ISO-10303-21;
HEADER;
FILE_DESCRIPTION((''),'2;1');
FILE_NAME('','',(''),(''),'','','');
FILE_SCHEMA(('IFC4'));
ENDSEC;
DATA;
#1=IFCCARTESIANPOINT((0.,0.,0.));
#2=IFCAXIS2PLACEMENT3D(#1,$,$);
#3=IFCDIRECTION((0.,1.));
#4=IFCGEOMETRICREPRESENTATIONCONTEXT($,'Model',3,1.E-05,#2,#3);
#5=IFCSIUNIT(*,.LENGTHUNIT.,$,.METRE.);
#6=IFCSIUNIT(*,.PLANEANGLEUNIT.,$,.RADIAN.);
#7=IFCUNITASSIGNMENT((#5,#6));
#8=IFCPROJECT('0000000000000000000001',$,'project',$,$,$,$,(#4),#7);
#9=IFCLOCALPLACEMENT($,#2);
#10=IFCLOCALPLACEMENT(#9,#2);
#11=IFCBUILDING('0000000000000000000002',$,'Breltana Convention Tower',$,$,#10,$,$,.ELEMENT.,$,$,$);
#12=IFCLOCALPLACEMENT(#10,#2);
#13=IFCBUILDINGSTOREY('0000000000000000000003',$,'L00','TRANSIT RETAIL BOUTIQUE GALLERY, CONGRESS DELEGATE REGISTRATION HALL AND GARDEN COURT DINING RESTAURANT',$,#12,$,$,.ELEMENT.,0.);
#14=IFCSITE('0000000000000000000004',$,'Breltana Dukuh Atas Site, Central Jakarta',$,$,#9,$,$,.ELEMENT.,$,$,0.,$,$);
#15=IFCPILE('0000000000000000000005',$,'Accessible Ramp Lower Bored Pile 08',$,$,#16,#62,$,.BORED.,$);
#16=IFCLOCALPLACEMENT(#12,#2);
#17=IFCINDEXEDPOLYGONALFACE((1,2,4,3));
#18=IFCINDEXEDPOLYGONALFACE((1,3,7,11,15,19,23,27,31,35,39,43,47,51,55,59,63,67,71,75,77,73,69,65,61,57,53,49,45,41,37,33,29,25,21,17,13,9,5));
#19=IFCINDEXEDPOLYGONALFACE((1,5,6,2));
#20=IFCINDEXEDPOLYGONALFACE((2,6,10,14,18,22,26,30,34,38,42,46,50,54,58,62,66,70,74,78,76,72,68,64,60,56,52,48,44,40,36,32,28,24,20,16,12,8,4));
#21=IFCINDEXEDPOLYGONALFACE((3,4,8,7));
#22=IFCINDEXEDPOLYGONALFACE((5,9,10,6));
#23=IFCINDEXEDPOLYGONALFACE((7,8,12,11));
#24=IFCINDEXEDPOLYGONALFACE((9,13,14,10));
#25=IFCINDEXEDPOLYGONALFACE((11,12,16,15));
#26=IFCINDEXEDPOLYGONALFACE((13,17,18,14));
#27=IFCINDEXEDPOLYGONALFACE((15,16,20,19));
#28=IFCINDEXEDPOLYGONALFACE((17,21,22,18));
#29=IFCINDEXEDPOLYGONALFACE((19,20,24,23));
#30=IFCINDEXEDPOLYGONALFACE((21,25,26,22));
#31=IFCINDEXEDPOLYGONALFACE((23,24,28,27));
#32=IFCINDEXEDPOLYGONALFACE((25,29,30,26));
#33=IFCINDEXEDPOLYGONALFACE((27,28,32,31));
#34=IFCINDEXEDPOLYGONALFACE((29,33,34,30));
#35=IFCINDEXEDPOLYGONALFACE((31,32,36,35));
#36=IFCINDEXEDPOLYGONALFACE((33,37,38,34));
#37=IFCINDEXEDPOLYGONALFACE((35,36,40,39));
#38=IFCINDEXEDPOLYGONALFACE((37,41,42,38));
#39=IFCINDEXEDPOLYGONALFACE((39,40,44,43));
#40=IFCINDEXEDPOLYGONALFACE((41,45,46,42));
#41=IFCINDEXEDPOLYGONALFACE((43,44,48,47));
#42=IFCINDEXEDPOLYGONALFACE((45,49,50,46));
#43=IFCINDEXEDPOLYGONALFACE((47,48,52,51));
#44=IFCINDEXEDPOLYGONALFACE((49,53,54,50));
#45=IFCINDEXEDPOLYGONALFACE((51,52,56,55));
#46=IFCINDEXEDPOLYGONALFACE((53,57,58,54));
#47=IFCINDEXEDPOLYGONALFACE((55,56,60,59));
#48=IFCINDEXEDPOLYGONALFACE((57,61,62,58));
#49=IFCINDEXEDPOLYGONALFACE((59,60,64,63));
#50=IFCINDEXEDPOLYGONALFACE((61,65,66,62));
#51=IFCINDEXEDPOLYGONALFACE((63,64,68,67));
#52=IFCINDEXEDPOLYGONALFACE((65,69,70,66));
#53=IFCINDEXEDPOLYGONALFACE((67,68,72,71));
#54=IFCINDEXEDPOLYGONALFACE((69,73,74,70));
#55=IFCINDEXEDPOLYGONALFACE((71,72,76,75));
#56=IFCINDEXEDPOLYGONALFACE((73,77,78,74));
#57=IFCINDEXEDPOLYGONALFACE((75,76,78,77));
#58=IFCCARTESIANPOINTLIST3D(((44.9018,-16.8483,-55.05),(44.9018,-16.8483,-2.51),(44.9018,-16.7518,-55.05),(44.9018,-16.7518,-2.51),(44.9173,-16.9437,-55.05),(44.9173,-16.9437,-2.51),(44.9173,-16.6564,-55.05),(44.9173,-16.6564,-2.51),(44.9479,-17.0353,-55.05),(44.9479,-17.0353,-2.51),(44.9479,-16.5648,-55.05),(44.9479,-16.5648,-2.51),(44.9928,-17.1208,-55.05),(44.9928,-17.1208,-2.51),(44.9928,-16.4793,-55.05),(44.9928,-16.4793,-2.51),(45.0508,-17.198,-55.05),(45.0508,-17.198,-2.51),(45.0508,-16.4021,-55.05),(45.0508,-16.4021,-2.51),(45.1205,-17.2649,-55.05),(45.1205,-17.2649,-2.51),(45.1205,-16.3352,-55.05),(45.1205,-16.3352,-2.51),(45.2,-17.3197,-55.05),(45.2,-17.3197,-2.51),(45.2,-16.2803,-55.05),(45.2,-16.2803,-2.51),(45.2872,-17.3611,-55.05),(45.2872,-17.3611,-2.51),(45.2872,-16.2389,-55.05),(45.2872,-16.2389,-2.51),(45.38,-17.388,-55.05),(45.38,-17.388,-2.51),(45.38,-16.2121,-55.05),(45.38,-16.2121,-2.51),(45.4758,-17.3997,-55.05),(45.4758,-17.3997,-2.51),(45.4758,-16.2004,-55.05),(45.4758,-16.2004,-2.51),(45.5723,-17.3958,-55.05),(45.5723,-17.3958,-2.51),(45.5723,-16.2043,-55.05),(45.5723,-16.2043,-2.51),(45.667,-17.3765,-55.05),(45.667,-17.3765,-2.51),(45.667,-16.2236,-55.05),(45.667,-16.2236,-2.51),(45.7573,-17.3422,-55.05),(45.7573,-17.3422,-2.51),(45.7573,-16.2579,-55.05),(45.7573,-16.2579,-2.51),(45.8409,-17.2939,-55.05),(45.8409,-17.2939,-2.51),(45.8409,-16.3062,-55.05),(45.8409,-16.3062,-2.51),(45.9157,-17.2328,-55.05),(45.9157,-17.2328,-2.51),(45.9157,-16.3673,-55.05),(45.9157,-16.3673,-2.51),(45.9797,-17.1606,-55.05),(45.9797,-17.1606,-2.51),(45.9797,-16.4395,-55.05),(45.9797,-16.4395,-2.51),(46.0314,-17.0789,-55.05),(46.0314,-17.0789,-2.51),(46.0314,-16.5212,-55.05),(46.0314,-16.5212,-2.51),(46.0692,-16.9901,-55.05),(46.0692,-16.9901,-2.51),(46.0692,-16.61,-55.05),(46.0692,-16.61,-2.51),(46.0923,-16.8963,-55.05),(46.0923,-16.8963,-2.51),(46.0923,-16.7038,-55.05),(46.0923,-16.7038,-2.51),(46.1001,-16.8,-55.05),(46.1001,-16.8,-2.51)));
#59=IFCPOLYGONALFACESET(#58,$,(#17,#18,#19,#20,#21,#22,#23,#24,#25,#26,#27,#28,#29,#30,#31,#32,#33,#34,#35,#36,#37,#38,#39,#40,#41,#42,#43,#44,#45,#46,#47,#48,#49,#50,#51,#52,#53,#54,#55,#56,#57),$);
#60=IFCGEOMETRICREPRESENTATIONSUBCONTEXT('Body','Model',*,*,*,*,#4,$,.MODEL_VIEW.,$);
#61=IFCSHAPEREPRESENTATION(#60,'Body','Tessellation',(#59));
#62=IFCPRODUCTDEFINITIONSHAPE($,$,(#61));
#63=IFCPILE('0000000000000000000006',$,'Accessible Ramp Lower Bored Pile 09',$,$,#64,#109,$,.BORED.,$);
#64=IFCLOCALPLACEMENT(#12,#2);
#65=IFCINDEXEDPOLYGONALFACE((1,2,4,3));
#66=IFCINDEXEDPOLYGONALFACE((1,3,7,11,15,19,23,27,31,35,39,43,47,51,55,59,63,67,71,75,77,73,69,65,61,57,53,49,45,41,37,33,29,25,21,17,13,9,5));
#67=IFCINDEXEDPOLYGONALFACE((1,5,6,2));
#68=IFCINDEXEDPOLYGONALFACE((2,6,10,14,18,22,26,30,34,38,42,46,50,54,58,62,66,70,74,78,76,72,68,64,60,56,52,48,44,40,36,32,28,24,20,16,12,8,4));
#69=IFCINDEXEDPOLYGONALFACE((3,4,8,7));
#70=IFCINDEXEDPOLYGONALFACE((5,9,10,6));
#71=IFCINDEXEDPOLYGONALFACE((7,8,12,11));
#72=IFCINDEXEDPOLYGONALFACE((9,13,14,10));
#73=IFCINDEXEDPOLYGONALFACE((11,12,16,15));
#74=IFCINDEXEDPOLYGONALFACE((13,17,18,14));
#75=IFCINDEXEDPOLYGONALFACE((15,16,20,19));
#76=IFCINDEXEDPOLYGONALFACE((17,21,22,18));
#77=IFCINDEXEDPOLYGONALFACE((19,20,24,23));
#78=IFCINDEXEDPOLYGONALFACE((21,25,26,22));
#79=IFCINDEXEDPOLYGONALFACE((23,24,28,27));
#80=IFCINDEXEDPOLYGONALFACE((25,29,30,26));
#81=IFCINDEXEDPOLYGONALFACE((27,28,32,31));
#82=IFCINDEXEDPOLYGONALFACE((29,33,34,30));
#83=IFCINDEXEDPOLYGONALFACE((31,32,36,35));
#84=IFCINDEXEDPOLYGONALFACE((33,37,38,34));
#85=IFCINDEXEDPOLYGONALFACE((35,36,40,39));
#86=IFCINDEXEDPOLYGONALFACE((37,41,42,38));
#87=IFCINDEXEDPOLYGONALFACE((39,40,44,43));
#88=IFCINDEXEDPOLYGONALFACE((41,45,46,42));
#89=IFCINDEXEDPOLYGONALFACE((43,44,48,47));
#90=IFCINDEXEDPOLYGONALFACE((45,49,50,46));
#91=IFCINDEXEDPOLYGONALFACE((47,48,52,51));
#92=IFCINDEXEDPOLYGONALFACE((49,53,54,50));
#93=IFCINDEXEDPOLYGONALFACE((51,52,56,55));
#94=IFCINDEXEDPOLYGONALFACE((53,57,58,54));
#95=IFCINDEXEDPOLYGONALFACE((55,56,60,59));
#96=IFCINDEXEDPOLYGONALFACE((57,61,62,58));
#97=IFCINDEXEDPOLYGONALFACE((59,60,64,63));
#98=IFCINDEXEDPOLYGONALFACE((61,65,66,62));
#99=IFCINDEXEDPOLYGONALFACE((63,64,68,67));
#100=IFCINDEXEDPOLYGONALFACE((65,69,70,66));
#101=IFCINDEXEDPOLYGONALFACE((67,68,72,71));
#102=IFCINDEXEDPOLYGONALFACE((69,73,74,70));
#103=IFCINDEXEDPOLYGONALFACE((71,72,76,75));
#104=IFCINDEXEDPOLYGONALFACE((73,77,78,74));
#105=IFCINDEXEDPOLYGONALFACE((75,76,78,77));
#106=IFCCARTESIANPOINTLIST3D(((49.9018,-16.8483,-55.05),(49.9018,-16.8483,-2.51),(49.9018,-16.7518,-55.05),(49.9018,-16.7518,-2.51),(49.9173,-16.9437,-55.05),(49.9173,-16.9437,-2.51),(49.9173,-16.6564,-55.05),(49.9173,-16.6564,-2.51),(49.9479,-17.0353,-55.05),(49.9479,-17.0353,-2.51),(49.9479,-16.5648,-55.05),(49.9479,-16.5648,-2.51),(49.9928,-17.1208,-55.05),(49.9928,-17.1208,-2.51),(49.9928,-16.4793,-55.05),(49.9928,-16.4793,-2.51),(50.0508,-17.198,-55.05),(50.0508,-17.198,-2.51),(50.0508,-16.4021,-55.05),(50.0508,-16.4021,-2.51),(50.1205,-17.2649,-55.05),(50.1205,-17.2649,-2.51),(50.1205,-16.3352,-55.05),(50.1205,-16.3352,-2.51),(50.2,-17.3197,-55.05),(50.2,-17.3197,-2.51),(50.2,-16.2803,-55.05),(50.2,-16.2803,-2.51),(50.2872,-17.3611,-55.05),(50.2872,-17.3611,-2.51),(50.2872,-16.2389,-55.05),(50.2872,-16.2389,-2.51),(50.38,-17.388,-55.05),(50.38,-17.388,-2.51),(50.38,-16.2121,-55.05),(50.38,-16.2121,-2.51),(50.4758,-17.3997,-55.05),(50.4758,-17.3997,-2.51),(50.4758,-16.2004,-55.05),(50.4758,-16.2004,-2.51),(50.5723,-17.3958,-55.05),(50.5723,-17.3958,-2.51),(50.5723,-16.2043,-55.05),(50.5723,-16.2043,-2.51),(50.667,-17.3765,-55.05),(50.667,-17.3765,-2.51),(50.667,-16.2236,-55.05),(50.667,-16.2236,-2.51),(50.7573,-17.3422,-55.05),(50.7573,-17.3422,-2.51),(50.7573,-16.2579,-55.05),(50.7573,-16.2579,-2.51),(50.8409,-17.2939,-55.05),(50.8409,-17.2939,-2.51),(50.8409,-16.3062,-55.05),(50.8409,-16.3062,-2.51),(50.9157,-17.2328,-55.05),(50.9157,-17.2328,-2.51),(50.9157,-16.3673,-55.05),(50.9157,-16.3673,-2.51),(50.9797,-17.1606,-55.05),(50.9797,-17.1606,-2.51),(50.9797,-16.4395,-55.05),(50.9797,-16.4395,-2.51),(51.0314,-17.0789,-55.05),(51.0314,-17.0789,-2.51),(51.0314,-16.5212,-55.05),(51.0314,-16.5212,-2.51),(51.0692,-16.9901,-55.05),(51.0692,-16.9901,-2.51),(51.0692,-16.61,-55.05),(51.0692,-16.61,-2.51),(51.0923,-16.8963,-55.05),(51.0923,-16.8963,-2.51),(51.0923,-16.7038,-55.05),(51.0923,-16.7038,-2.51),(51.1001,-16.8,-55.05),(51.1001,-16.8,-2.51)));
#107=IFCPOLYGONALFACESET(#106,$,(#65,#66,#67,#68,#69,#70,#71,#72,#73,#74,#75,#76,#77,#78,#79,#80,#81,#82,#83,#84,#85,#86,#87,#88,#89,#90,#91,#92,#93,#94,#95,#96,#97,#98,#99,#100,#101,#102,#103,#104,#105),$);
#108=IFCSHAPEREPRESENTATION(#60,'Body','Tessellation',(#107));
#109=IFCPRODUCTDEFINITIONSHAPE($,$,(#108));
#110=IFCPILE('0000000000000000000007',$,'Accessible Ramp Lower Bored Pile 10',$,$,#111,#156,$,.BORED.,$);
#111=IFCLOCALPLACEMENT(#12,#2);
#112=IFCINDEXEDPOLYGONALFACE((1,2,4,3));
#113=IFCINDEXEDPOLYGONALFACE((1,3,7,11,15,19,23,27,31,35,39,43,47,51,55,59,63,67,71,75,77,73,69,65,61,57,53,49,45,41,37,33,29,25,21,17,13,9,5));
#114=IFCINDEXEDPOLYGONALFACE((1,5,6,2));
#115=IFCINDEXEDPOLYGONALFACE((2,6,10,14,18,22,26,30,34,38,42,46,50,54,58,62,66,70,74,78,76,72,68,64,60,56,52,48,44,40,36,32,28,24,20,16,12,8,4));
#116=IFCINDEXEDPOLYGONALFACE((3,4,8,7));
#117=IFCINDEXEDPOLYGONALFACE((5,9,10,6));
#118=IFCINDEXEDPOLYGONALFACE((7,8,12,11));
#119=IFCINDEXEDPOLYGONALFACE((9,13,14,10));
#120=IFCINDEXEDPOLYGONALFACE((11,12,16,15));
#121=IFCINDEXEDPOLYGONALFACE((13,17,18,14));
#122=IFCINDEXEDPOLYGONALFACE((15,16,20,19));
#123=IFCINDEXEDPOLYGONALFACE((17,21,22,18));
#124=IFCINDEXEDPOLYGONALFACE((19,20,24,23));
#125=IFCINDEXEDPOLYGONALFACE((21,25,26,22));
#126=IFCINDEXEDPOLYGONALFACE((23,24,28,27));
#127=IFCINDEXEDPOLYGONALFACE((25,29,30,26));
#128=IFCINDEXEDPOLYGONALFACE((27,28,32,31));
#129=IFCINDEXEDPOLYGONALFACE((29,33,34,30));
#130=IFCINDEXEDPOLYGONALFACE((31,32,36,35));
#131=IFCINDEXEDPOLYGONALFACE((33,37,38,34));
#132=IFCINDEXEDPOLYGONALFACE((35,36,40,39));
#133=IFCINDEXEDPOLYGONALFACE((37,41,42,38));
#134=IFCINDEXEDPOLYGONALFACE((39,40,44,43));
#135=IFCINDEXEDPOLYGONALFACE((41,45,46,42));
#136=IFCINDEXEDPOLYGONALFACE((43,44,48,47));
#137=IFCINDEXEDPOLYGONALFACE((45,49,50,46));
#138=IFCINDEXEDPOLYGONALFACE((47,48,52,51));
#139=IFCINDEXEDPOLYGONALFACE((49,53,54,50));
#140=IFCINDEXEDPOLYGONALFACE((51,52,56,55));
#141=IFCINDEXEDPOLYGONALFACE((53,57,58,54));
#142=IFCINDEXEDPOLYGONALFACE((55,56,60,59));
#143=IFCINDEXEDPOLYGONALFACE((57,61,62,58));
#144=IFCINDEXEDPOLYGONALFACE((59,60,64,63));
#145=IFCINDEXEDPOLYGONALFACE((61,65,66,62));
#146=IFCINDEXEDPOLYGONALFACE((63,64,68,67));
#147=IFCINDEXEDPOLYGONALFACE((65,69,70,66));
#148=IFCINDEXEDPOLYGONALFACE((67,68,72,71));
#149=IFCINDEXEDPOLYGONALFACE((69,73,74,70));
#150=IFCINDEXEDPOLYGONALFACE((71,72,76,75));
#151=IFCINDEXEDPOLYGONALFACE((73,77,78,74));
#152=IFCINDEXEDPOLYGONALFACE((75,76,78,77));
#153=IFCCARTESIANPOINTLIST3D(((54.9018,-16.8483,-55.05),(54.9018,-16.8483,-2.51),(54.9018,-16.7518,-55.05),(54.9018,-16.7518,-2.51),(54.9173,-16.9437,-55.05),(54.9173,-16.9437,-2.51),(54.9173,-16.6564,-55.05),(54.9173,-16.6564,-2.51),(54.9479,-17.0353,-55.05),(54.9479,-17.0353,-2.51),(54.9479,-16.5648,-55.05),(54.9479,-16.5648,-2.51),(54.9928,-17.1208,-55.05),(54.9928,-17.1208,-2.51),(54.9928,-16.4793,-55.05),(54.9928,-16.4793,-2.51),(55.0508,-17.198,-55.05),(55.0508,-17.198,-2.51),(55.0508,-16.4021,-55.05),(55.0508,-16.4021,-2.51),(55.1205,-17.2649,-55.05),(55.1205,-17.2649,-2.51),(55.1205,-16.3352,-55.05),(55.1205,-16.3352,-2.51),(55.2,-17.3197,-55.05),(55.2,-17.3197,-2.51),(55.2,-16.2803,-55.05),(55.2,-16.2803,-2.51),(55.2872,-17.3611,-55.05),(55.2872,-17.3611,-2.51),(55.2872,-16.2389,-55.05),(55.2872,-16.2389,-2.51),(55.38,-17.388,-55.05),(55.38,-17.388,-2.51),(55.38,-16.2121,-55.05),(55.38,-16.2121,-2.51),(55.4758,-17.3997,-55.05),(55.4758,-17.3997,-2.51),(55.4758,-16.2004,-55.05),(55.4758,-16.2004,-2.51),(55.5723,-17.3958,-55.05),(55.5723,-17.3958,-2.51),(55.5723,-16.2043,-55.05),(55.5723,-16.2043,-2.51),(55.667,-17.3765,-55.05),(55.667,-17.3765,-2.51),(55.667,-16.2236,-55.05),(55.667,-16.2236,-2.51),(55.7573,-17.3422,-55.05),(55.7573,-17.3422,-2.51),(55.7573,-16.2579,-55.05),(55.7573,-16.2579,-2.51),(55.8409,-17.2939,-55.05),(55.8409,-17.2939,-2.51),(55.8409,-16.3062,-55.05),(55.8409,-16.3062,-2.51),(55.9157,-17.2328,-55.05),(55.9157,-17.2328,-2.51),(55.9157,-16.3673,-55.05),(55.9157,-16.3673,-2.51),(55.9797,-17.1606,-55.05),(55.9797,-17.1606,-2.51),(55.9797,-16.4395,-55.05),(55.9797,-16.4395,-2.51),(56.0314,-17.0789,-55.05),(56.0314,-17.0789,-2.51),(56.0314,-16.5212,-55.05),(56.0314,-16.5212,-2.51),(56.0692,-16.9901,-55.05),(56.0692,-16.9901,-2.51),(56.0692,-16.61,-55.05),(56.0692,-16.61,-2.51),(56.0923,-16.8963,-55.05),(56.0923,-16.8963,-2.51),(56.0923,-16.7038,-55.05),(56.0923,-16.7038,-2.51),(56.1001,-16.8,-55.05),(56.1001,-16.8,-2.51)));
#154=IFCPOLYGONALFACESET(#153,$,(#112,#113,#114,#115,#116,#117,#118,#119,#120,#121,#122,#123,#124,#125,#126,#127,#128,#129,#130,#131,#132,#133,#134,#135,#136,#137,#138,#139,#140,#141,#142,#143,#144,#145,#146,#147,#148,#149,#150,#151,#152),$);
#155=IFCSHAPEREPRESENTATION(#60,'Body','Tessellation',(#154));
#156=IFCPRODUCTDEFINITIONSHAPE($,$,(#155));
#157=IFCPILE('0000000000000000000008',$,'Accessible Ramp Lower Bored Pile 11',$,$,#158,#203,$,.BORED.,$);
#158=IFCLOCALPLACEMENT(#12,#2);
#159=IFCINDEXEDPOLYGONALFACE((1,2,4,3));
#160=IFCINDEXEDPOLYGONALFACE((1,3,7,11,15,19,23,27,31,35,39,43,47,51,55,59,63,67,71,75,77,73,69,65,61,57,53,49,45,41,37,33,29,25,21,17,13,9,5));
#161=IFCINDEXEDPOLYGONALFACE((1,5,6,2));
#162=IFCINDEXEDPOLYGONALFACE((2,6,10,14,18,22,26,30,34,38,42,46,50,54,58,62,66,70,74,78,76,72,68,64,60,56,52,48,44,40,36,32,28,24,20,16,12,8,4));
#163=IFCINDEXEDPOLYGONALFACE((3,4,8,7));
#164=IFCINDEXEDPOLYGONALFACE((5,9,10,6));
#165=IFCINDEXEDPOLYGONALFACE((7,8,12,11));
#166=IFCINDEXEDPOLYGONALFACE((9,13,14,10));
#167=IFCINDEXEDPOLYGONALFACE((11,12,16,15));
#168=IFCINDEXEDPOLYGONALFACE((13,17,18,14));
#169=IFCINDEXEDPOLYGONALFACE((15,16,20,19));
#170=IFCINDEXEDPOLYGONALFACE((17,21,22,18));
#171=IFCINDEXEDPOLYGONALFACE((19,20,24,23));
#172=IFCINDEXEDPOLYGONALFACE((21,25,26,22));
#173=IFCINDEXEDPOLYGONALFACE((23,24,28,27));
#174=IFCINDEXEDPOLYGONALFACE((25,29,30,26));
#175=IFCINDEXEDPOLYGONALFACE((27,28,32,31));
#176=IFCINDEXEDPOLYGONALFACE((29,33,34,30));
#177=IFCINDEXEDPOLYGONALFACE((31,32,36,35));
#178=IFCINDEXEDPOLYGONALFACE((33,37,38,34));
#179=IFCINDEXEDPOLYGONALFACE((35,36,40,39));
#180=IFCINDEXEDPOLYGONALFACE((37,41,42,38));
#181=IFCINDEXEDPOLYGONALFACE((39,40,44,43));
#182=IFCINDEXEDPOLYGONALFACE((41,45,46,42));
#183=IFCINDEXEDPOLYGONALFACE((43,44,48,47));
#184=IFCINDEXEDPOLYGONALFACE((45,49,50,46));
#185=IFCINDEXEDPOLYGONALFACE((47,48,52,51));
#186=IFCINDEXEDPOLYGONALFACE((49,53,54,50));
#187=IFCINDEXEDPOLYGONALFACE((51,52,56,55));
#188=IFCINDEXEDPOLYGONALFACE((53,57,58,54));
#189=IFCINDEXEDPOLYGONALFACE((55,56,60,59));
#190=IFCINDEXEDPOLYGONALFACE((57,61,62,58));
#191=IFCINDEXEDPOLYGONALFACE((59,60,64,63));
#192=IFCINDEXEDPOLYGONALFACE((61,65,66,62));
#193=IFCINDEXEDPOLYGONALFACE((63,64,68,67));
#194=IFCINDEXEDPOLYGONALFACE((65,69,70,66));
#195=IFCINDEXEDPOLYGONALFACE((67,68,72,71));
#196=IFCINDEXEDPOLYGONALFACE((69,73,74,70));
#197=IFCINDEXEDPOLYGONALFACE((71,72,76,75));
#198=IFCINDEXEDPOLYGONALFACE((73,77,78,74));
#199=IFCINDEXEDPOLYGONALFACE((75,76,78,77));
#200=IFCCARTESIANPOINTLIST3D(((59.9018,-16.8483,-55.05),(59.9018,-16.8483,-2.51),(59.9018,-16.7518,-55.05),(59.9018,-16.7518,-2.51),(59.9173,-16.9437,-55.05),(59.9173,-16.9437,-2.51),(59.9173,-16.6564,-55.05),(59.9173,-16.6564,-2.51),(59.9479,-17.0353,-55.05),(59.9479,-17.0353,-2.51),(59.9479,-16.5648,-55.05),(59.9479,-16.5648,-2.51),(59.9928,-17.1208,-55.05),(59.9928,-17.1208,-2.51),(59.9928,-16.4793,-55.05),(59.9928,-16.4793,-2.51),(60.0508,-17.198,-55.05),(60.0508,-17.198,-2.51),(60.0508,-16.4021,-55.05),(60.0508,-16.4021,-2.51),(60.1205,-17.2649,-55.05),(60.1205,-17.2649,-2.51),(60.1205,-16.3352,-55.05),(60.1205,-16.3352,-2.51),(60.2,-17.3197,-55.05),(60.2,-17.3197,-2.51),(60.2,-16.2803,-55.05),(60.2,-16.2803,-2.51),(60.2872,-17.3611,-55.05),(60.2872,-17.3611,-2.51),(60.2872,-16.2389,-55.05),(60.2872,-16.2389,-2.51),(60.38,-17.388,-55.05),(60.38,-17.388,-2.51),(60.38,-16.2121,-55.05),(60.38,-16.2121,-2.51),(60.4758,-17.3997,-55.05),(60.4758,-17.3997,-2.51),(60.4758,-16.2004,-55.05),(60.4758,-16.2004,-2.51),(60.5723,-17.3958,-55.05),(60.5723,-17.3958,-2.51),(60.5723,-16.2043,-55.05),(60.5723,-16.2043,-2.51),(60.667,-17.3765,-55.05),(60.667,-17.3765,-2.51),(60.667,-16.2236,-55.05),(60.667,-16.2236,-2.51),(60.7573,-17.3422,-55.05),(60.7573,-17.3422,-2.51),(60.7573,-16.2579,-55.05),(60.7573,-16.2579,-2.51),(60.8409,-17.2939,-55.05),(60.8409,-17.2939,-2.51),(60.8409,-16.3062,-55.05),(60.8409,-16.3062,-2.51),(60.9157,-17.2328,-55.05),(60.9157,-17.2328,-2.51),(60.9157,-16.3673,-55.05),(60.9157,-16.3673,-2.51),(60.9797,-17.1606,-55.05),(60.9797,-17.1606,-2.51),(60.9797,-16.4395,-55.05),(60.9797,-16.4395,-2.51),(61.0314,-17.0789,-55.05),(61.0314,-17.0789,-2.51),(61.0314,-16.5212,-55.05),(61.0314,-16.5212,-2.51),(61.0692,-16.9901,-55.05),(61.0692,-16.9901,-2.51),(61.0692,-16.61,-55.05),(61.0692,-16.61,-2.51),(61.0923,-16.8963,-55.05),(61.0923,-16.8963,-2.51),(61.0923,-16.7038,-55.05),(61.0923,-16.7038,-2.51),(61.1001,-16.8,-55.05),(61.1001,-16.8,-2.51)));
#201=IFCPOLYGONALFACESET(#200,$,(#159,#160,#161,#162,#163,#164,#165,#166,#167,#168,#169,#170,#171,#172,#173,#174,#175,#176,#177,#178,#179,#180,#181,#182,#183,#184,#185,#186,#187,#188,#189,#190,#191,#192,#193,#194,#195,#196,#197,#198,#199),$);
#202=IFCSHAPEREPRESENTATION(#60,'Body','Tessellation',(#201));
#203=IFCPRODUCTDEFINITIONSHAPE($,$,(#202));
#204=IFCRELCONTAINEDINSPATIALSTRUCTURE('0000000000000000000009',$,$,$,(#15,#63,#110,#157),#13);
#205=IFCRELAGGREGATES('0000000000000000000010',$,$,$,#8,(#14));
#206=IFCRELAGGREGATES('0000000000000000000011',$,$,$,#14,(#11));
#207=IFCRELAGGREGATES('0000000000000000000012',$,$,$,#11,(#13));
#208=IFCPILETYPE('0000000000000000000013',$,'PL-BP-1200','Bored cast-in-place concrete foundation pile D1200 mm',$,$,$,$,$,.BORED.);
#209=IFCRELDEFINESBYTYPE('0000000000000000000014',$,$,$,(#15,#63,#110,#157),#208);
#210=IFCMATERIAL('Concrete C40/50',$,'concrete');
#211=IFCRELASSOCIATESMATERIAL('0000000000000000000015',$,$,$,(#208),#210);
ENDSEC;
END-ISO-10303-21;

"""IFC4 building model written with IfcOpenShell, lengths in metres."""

from ifc_helpers import new_model, si_unit, direction, frame, origin, origin_2d, place, context, subcontext, project, spatial, circle, extrude, source, transform, mapped, material, material_profile, profile_set, type_object, element, save


model = new_model("IFC4")

# Units and contexts
model_context = context("Model", 3, precision=1e-05, world=origin(), true_north=direction((0.0, 1.0)))
body_context = subcontext(model_context, "Body", "Model", "MODEL_VIEW")
ifc_project = project(units=[si_unit("LENGTHUNIT", "METRE"), si_unit("PLANEANGLEUNIT", "RADIAN")], contexts=[model_context])

# Site, building, storey
site_placement = place(None, origin())
site = spatial("IfcSite", under=ifc_project, at=site_placement, Name="Breltana Dukuh Atas Site, Central Jakarta", CompositionType="ELEMENT", RefElevation=0.0)
building_placement = place(site_placement, origin())
building = spatial("IfcBuilding", under=site, at=building_placement, Name="Breltana Convention Tower", CompositionType="ELEMENT")
storey_placement = place(building_placement, origin())
storey = spatial("IfcBuildingStorey", under=building, at=storey_placement, Name="L00", Description="TRANSIT RETAIL BOUTIQUE GALLERY, CONGRESS DELEGATE REGISTRATION HALL AND GARDEN COURT DINING RESTAURANT", CompositionType="ELEMENT", Elevation=0.0)

# Shared definitions
ifc_material_1 = material(Name="Concrete C40/50", Category="concrete")
ifc_material_profile_1 = material_profile(ifc_material_1, circle(Radius=0.6001, at=origin_2d()), Name="BP-D1200")
ifc_profile_set_1 = profile_set([ifc_material_profile_1], Name="Concrete C40/50")
pile_type = type_object("IfcPileType", Name="PL-BP-1200", Description="Bored cast-in-place concrete foundation pile D1200 mm", PredefinedType="BORED", material=ifc_profile_set_1)

# Piles
shared_shape_1 = source(origin(), body_context, "Body", "SweptSolid", [
    extrude(circle(Radius=0.6001, at=origin_2d()), origin(), (0.0, 0.0, 1.0), 52.54),
])
for number, where, z_axis, x_axis, name in (
    (1, (45.5, -16.8, -2.51), (0.0, 0.0, -1.0), (1.0, 0.0, 0.0), "Accessible Ramp Lower Bored Pile 08"),
    (2, (50.5, -16.8, -2.51), (0.0, 0.0, -1.0), (1.0, 0.0, 0.0), "Accessible Ramp Lower Bored Pile 09"),
    (3, (55.5, -16.8, -2.51), (0.0, 0.0, -1.0), (1.0, 0.0, 0.0), "Accessible Ramp Lower Bored Pile 10"),
    (4, (60.5, -16.8, -2.51), (0.0, 0.0, -1.0), (1.0, 0.0, 0.0), "Accessible Ramp Lower Bored Pile 11"),
):
    element("IfcPile", number, at=place(storey_placement, frame(where, z_axis=z_axis, x_axis=x_axis)), inside=storey, type_object=pile_type, Name=name, PredefinedType="BORED", context=body_context, shape_type="MappedRepresentation", body=[
        mapped(shared_shape_1, transform((0.0, 0.0, 0.0), scale=1.0)),
    ])

save(model, "model.ifc")
